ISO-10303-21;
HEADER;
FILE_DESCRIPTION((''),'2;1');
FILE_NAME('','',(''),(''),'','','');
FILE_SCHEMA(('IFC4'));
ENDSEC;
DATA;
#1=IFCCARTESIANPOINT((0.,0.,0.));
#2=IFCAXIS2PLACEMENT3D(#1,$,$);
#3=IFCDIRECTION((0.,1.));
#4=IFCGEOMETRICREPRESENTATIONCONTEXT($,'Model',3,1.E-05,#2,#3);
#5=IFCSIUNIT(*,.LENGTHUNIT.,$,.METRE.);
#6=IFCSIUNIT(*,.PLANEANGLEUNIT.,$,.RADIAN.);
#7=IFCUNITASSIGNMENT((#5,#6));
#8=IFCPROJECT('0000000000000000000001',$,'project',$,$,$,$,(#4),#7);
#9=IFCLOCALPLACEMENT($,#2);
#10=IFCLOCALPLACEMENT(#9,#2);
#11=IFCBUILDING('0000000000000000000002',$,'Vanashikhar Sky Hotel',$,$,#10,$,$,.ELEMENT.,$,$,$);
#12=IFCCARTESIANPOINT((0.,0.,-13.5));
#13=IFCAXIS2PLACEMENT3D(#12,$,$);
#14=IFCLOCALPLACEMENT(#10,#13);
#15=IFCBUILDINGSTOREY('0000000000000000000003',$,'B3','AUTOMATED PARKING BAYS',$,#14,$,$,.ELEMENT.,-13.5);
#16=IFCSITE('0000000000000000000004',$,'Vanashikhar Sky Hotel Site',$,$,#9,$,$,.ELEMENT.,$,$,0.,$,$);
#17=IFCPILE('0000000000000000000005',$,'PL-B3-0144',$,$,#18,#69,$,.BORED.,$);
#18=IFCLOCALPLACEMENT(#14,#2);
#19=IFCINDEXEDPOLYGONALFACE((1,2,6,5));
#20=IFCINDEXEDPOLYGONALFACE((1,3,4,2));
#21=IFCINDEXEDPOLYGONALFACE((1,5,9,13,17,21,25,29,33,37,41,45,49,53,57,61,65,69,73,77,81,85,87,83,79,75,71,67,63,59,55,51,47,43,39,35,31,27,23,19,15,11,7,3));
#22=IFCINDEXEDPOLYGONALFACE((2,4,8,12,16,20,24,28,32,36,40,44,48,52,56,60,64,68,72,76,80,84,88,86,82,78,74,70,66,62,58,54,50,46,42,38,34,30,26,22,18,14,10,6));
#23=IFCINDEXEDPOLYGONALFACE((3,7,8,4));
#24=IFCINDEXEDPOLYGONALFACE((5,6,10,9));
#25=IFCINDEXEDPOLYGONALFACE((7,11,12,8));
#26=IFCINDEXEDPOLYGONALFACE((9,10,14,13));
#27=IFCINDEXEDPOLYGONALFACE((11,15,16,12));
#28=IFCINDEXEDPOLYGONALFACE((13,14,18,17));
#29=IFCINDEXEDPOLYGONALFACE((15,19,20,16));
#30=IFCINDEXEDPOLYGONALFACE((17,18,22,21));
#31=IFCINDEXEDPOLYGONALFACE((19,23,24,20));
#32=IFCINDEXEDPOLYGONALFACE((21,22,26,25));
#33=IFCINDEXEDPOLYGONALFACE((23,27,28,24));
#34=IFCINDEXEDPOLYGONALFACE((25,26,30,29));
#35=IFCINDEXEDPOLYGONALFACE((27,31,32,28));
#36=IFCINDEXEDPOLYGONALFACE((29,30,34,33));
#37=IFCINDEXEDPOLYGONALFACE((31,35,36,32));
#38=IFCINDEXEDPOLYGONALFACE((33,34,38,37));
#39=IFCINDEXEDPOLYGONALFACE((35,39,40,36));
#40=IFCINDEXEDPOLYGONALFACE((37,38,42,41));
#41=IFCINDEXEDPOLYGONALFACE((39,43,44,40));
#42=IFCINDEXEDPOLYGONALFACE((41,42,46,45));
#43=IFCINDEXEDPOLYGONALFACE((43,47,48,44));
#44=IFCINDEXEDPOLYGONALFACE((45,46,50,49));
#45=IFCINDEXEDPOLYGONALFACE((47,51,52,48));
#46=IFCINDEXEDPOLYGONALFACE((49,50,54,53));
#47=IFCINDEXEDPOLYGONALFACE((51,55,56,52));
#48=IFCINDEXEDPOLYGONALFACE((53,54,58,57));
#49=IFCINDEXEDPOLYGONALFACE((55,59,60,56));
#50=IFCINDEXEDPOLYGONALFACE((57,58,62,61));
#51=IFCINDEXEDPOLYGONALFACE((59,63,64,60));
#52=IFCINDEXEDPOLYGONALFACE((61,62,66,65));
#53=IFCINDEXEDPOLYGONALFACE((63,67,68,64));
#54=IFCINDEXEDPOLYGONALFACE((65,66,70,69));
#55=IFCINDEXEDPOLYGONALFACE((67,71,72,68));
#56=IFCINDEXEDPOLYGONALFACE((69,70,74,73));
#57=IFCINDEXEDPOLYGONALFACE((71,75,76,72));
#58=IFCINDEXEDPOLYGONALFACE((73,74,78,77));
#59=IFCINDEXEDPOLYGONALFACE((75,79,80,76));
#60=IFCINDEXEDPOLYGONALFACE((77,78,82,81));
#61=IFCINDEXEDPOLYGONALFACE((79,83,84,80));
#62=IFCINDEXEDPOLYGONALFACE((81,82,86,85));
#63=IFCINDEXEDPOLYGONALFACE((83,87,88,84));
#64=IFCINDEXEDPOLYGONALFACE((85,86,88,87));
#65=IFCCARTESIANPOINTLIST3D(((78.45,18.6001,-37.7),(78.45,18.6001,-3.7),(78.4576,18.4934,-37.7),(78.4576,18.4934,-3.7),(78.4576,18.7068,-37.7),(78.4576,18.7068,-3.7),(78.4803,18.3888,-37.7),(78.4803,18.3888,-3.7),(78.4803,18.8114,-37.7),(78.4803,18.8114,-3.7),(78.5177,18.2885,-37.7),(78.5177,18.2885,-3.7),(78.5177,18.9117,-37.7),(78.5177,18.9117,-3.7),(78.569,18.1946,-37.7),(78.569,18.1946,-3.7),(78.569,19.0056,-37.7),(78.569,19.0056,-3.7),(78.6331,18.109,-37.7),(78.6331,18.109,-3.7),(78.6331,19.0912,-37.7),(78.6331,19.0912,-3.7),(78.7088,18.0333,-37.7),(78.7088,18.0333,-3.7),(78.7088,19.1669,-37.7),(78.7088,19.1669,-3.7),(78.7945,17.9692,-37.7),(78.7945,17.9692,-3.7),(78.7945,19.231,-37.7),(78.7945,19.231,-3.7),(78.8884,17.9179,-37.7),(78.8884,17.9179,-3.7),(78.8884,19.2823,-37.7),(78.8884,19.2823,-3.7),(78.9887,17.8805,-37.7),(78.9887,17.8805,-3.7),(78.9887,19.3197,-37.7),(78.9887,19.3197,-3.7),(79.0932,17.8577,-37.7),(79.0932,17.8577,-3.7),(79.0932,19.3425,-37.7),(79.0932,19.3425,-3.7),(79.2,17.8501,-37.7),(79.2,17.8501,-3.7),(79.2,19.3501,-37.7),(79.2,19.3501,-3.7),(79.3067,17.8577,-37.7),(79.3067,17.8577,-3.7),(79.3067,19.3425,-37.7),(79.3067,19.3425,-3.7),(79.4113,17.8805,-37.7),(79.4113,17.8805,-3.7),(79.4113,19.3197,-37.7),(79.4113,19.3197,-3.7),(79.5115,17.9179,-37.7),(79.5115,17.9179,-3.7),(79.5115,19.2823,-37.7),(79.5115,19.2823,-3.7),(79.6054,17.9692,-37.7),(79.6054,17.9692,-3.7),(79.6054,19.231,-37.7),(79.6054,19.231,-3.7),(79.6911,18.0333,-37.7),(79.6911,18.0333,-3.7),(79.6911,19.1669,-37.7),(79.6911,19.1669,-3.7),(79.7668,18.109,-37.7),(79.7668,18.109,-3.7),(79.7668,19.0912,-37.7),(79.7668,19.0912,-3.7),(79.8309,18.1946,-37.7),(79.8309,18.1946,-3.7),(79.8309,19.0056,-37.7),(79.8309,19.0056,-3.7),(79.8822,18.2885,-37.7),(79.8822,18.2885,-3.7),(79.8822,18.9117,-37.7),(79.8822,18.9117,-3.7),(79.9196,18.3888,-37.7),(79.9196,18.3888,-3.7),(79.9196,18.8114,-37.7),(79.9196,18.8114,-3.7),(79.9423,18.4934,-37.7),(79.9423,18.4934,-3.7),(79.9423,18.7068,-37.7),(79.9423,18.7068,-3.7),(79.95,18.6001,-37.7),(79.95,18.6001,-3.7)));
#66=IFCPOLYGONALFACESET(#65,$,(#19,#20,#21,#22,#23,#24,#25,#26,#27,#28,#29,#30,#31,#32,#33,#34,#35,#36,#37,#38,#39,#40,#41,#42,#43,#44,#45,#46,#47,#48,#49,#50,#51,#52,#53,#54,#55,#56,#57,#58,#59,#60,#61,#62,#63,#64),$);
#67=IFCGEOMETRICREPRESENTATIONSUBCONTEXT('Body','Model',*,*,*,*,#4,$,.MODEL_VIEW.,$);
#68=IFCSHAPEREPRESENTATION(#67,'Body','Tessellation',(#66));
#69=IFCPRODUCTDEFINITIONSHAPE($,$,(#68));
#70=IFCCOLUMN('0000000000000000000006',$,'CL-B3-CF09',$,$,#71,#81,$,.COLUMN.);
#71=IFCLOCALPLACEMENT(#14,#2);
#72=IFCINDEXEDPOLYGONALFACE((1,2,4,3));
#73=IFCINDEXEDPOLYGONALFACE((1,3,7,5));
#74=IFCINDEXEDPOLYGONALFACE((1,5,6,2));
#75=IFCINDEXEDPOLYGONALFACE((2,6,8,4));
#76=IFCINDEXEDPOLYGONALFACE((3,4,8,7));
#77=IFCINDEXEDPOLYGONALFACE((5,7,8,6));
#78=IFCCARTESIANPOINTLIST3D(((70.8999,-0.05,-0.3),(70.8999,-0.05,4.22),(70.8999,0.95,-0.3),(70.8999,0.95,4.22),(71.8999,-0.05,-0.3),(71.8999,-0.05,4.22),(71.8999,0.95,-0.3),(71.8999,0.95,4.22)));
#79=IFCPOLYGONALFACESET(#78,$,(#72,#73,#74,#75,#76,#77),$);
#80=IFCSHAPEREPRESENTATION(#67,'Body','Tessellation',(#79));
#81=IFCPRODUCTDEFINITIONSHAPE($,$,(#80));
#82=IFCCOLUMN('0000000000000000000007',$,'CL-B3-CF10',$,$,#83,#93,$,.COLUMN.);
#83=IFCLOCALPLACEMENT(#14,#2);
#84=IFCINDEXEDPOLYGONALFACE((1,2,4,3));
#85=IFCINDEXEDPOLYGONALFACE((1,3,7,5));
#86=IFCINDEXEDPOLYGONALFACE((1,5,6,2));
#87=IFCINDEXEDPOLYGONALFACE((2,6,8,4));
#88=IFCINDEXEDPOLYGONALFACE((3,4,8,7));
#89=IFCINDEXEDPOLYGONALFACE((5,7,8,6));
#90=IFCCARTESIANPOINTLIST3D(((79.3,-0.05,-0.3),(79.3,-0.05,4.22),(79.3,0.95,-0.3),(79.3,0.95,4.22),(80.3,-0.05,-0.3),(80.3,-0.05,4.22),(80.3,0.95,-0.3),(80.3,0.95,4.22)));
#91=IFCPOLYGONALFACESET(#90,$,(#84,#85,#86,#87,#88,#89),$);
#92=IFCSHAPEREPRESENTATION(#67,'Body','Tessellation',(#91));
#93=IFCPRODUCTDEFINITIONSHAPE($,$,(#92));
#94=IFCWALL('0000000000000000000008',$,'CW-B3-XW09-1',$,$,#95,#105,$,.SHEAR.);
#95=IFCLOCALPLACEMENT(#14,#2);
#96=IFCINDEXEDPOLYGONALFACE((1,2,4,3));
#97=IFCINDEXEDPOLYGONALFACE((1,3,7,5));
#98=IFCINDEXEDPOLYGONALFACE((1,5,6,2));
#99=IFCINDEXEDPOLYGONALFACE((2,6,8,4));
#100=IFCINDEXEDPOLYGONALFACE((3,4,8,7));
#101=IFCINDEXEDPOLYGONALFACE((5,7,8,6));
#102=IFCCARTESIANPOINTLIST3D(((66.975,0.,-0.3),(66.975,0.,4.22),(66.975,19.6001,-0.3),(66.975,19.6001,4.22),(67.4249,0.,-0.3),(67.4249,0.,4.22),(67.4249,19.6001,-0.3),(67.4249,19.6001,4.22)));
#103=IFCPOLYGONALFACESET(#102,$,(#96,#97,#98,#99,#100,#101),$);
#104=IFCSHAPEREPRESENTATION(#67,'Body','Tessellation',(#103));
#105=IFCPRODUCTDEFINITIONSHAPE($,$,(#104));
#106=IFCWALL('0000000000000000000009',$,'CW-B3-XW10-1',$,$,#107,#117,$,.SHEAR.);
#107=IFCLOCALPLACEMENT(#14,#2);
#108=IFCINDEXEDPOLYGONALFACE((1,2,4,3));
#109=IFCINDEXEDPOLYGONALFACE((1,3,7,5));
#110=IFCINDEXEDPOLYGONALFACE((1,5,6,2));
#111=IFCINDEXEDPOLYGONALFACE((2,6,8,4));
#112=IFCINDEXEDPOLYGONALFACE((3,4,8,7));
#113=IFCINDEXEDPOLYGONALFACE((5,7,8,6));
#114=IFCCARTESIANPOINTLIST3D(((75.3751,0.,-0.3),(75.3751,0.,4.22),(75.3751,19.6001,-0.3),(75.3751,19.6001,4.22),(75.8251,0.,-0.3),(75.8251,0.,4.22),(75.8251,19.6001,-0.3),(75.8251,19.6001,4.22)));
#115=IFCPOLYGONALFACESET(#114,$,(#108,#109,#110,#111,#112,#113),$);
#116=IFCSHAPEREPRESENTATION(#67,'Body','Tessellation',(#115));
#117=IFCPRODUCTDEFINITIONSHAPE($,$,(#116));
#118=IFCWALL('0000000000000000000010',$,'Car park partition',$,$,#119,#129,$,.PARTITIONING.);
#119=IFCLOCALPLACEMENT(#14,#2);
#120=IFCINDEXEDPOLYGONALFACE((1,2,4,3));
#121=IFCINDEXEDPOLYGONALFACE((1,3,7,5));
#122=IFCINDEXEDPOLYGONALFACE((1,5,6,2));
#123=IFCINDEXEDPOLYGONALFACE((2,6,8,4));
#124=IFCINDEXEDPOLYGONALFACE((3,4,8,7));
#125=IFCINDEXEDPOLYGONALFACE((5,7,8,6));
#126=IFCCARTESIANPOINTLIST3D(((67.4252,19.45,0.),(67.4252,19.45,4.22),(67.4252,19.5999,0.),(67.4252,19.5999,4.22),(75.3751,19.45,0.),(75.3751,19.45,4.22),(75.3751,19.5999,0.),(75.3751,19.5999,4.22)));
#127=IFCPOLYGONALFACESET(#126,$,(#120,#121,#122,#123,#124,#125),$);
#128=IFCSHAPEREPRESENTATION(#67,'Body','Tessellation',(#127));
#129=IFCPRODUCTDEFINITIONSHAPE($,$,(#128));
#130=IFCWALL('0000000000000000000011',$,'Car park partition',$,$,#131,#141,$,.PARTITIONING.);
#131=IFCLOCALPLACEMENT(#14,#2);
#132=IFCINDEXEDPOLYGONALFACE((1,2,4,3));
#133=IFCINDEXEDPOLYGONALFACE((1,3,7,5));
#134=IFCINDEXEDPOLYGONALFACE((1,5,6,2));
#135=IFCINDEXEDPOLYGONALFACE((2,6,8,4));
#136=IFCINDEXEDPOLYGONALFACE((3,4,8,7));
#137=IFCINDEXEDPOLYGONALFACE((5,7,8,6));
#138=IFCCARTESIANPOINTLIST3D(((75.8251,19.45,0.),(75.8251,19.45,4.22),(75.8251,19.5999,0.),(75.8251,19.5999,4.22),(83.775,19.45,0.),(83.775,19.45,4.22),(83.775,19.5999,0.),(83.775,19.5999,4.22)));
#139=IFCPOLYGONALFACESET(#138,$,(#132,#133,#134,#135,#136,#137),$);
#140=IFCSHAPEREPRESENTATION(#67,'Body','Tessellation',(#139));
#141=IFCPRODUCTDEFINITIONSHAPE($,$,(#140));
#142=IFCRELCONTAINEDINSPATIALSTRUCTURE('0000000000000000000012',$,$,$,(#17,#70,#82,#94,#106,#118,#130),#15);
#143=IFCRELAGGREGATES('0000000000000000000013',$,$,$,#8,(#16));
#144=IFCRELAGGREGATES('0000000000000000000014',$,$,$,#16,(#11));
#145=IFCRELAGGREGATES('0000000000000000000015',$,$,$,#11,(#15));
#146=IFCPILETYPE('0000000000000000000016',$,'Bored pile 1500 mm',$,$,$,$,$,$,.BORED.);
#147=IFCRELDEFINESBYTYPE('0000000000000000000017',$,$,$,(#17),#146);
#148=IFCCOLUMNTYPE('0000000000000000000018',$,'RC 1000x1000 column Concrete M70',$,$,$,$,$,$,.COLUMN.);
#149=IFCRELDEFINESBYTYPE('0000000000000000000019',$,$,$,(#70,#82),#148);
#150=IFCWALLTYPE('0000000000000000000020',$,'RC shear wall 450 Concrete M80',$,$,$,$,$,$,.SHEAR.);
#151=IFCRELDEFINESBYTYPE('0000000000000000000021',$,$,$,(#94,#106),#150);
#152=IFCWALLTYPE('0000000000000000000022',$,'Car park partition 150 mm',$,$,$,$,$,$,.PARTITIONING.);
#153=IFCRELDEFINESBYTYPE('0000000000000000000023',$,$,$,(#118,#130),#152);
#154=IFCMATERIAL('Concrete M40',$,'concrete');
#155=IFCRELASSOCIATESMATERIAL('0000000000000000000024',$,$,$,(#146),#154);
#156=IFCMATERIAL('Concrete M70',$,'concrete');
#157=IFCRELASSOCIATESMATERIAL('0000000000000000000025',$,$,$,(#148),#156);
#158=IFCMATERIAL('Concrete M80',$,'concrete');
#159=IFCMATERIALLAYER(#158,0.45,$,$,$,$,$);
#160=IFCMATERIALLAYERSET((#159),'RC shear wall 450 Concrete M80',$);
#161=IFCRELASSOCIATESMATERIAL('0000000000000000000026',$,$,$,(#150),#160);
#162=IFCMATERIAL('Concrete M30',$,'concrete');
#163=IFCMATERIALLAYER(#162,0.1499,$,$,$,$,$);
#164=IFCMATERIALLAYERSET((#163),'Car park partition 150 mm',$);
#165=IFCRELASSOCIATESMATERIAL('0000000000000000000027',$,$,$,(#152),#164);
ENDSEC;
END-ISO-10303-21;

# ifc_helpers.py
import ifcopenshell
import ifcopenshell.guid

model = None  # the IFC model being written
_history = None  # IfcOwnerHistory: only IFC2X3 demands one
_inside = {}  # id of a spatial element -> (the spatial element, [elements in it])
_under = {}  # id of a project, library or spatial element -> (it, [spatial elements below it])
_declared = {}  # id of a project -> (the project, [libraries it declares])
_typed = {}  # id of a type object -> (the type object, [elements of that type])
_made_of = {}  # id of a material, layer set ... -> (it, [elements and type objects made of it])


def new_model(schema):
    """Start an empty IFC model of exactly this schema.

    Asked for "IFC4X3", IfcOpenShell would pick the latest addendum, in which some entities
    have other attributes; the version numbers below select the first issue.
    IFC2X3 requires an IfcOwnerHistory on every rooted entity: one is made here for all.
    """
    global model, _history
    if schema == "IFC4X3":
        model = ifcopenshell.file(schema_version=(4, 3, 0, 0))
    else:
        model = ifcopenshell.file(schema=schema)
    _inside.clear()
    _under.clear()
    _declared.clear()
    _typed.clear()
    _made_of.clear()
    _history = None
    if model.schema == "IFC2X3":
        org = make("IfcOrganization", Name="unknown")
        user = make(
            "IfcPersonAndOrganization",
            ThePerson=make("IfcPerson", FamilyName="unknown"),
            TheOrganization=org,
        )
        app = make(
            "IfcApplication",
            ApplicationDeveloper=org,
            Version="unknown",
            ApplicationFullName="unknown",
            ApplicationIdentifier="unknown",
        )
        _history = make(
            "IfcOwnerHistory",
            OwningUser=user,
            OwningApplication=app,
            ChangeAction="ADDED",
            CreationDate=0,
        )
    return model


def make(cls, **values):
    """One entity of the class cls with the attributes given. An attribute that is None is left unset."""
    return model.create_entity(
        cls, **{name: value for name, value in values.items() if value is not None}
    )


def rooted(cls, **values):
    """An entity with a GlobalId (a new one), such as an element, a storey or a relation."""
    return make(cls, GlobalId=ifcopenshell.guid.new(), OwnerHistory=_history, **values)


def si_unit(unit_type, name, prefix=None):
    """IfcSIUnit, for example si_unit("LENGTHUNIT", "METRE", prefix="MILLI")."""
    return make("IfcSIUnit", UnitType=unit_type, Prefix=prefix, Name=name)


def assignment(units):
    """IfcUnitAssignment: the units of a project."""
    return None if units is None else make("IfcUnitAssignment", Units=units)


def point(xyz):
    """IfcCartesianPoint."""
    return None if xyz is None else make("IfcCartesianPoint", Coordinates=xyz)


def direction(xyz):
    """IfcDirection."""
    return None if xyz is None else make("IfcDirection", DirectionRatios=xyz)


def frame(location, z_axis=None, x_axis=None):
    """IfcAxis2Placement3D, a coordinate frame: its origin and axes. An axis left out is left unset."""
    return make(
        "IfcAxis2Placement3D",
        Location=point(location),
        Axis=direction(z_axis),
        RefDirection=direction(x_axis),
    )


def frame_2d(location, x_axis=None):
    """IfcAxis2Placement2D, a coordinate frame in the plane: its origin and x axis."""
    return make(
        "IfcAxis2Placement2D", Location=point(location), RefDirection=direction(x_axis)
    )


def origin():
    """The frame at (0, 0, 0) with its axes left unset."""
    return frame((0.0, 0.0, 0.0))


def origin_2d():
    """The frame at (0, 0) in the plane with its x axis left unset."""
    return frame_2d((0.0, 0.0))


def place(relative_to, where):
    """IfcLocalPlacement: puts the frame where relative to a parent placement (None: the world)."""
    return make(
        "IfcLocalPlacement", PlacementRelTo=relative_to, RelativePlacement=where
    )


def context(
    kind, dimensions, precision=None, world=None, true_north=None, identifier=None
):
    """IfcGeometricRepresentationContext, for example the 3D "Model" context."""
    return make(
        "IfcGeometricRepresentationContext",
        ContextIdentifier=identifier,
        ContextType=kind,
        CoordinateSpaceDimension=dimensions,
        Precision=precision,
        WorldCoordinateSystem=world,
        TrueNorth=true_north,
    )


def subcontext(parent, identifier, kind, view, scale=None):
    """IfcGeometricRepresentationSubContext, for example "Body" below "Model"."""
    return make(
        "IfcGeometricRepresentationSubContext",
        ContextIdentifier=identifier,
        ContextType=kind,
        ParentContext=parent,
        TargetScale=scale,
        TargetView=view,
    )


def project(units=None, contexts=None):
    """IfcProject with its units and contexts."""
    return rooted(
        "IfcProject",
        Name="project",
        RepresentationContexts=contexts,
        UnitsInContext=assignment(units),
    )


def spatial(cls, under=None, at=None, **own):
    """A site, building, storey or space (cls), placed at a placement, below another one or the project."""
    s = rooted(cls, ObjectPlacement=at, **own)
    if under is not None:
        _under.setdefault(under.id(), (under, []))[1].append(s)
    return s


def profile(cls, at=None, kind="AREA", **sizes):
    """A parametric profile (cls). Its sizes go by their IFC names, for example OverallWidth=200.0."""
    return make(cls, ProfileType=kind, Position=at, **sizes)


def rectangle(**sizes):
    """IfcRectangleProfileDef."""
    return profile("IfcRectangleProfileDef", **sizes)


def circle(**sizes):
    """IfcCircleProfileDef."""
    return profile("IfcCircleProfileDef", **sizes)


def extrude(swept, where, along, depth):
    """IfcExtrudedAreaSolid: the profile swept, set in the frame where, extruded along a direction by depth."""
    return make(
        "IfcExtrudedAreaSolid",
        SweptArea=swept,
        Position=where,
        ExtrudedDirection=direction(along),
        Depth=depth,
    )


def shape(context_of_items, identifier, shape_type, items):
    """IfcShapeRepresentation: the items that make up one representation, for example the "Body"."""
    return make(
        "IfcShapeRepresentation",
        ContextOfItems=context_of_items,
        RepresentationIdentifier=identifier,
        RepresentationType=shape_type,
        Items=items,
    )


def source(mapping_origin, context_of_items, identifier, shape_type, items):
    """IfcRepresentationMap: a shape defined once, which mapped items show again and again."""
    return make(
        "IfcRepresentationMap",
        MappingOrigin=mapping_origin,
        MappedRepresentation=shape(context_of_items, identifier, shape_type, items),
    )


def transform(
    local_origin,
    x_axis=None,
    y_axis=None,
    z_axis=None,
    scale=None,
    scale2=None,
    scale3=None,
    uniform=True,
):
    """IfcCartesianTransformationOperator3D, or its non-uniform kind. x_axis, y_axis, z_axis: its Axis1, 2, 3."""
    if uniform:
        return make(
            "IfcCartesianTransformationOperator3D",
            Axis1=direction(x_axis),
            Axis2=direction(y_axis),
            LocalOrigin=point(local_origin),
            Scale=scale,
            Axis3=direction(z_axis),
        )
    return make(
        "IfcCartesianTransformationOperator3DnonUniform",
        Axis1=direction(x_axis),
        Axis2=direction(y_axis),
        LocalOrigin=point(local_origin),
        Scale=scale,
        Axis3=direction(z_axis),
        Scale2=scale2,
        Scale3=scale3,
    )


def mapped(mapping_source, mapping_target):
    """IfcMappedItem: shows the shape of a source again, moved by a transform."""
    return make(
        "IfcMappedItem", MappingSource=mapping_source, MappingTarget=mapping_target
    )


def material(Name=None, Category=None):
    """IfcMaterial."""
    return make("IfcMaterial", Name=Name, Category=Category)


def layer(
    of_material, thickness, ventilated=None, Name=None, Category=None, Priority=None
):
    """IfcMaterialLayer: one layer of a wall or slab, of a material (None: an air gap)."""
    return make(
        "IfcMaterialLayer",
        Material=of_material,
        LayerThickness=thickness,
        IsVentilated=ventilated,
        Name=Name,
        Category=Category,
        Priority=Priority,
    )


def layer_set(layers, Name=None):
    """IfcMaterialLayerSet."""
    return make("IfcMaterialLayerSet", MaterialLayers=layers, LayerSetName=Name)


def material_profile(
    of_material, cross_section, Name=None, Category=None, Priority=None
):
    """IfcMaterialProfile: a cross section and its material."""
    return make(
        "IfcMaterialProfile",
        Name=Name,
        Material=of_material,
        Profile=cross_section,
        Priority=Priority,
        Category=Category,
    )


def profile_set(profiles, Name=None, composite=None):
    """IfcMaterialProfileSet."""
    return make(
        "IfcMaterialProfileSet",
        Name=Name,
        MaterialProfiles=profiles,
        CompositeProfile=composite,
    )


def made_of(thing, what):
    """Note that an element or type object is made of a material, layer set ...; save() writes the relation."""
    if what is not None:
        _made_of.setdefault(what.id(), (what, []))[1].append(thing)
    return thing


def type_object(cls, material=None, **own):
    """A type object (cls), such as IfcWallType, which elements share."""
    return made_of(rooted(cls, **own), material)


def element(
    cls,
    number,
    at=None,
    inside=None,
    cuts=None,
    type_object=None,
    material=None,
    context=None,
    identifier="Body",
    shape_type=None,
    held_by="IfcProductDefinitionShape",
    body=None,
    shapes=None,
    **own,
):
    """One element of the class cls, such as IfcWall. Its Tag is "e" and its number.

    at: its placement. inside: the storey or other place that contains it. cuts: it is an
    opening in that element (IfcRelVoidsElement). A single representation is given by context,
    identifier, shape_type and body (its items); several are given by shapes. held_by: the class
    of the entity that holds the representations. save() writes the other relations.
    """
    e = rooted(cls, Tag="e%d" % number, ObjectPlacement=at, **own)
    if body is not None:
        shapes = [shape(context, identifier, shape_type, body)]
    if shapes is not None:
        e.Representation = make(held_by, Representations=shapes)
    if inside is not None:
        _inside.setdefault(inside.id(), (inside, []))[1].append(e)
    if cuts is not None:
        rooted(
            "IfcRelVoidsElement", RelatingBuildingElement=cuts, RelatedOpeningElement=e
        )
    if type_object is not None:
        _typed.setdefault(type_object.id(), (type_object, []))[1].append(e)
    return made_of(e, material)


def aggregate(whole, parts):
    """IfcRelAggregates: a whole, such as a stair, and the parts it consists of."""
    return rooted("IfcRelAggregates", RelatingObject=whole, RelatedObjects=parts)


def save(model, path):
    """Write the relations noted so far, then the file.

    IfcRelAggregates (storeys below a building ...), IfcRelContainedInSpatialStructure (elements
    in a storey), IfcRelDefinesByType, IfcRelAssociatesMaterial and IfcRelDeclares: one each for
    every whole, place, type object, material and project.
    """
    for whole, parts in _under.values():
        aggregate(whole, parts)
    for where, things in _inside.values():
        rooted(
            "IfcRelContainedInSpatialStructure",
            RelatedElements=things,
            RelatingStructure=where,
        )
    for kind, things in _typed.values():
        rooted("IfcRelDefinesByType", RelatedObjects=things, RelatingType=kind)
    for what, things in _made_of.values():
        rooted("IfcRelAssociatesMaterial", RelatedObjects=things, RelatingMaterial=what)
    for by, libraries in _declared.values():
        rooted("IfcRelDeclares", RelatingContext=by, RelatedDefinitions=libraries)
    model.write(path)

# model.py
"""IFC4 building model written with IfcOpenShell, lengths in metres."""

from ifc_helpers import new_model, si_unit, direction, frame, frame_2d, origin, origin_2d, place, context, subcontext, project, spatial, rectangle, circle, extrude, source, transform, mapped, material, layer, layer_set, material_profile, profile_set, type_object, element, save


model = new_model("IFC4")

# Units and contexts
model_context = context("Model", 3, precision=1e-05, world=origin(), true_north=direction((0.0, 1.0)))
body_context = subcontext(model_context, "Body", "Model", "MODEL_VIEW")
ifc_project = project(units=[si_unit("LENGTHUNIT", "METRE"), si_unit("PLANEANGLEUNIT", "RADIAN")], contexts=[model_context])

# Site, building, storey
site_placement = place(None, origin())
site = spatial("IfcSite", under=ifc_project, at=site_placement, Name="Vanashikhar Sky Hotel Site", CompositionType="ELEMENT", RefElevation=0.0)
building_placement = place(site_placement, origin())
building = spatial("IfcBuilding", under=site, at=building_placement, Name="Vanashikhar Sky Hotel", CompositionType="ELEMENT")
storey_placement = place(building_placement, frame((0.0, 0.0, -13.5)))
storey = spatial("IfcBuildingStorey", under=building, at=storey_placement, Name="B3", Description="AUTOMATED PARKING BAYS", CompositionType="ELEMENT", Elevation=-13.5)

# Pile
ifc_material_1 = material(Name="Concrete M40", Category="concrete")
pile_type = type_object("IfcPileType", Name="Bored pile 1500 mm", PredefinedType="BORED", material=ifc_material_1)
shared_shape_1 = source(origin(), body_context, "Body", "SweptSolid", [
    extrude(circle(Radius=0.75, at=origin_2d()), origin(), (0.0, 0.0, 1.0), 34.0),
])
for number, where, z_axis, x_axis, name in (
    (1, (79.2, 18.6001, -3.7), (0.0, 0.0, -1.0), (1.0, 0.0, 0.0), "PL-B3-0144"),
):
    element("IfcPile", number, at=place(storey_placement, frame(where, z_axis=z_axis, x_axis=x_axis)), inside=storey, type_object=pile_type, Name=name, PredefinedType="BORED", context=body_context, shape_type="MappedRepresentation", body=[
        mapped(shared_shape_1, transform((0.0, 0.0, 0.0), scale=1.0)),
    ])

# Columns
ifc_material_2 = material(Name="Concrete M70", Category="concrete")
ifc_material_profile = material_profile(ifc_material_2, rectangle(XDim=1.0, YDim=1.0, at=origin_2d()))
ifc_profile_set = profile_set([ifc_material_profile], Name="RC 1000x1000 column Concrete M70")
column_type = type_object("IfcColumnType", Name="RC 1000x1000 column Concrete M70", PredefinedType="COLUMN", material=ifc_profile_set)
shared_shape_2 = source(origin(), body_context, "Body", "SweptSolid", [
    extrude(rectangle(XDim=1.0, YDim=1.0, at=origin_2d()), origin(), (0.0, 0.0, 1.0), 4.52),
])
for number, where, z_axis, x_axis, name in (
    (2, (71.3999, 0.45, -0.3), (0.0, 0.0, 1.0), (1.0, 0.0, 0.0), "CL-B3-CF09"),
    (3, (79.8, 0.45, -0.3), (0.0, 0.0, 1.0), (1.0, 0.0, 0.0), "CL-B3-CF10"),
):
    element("IfcColumn", number, at=place(storey_placement, frame(where, z_axis=z_axis, x_axis=x_axis)), inside=storey, type_object=column_type, Name=name, PredefinedType="COLUMN", context=body_context, shape_type="MappedRepresentation", body=[
        mapped(shared_shape_2, transform((0.0, 0.0, 0.0), scale=1.0)),
    ])

# Walls
ifc_material_3 = material(Name="Concrete M80", Category="concrete")
ifc_layer_1 = layer(ifc_material_3, 0.45)
ifc_layer_set_1 = layer_set([ifc_layer_1], Name="RC shear wall 450 Concrete M80")
wall_type_1 = type_object("IfcWallType", Name="RC shear wall 450 Concrete M80", PredefinedType="SHEAR", material=ifc_layer_set_1)
shared_shape_3 = source(origin(), body_context, "Body", "SweptSolid", [
    extrude(rectangle(XDim=19.6001, YDim=0.45, at=frame_2d((9.8, 0.0))), origin(), (0.0, 0.0, 1.0), 4.52),
])
for number, where, z_axis, x_axis, name in (
    (4, (67.2, 0.0, -0.3), (0.0, 0.0, 1.0), (0.0, 1.0, 0.0), "CW-B3-XW09-1"),
    (5, (75.6001, 0.0, -0.3), (0.0, 0.0, 1.0), (0.0, 1.0, 0.0), "CW-B3-XW10-1"),
):
    element("IfcWall", number, at=place(storey_placement, frame(where, z_axis=z_axis, x_axis=x_axis)), inside=storey, type_object=wall_type_1, Name=name, PredefinedType="SHEAR", context=body_context, shape_type="MappedRepresentation", body=[
        mapped(shared_shape_3, transform((0.0, 0.0, 0.0), scale=1.0)),
    ])
ifc_material_4 = material(Name="Concrete M30", Category="concrete")
ifc_layer_2 = layer(ifc_material_4, 0.1499)
ifc_layer_set_2 = layer_set([ifc_layer_2], Name="Car park partition 150 mm")
wall_type_2 = type_object("IfcWallType", Name="Car park partition 150 mm", PredefinedType="PARTITIONING", material=ifc_layer_set_2)
shared_shape_4 = source(origin(), body_context, "Body", "SweptSolid", [
    extrude(rectangle(XDim=7.95, YDim=0.1499, at=frame_2d((3.9751, 0.0))), origin(), (0.0, 0.0, 1.0), 4.22),
])
for number, where, z_axis, x_axis, name in (
    (6, (67.425, 19.5249, 0.0), (0.0, 0.0, 1.0), (1.0, 0.0, 0.0), "Car park partition"),
    (7, (75.825, 19.5249, 0.0), (0.0, 0.0, 1.0), (1.0, 0.0, 0.0), "Car park partition"),
):
    element("IfcWall", number, at=place(storey_placement, frame(where, z_axis=z_axis, x_axis=x_axis)), inside=storey, type_object=wall_type_2, Name=name, PredefinedType="PARTITIONING", context=body_context, shape_type="MappedRepresentation", body=[
        mapped(shared_shape_4, transform((0.0, 0.0, 0.0), scale=1.0)),
    ])

save(model, "model.ifc")
